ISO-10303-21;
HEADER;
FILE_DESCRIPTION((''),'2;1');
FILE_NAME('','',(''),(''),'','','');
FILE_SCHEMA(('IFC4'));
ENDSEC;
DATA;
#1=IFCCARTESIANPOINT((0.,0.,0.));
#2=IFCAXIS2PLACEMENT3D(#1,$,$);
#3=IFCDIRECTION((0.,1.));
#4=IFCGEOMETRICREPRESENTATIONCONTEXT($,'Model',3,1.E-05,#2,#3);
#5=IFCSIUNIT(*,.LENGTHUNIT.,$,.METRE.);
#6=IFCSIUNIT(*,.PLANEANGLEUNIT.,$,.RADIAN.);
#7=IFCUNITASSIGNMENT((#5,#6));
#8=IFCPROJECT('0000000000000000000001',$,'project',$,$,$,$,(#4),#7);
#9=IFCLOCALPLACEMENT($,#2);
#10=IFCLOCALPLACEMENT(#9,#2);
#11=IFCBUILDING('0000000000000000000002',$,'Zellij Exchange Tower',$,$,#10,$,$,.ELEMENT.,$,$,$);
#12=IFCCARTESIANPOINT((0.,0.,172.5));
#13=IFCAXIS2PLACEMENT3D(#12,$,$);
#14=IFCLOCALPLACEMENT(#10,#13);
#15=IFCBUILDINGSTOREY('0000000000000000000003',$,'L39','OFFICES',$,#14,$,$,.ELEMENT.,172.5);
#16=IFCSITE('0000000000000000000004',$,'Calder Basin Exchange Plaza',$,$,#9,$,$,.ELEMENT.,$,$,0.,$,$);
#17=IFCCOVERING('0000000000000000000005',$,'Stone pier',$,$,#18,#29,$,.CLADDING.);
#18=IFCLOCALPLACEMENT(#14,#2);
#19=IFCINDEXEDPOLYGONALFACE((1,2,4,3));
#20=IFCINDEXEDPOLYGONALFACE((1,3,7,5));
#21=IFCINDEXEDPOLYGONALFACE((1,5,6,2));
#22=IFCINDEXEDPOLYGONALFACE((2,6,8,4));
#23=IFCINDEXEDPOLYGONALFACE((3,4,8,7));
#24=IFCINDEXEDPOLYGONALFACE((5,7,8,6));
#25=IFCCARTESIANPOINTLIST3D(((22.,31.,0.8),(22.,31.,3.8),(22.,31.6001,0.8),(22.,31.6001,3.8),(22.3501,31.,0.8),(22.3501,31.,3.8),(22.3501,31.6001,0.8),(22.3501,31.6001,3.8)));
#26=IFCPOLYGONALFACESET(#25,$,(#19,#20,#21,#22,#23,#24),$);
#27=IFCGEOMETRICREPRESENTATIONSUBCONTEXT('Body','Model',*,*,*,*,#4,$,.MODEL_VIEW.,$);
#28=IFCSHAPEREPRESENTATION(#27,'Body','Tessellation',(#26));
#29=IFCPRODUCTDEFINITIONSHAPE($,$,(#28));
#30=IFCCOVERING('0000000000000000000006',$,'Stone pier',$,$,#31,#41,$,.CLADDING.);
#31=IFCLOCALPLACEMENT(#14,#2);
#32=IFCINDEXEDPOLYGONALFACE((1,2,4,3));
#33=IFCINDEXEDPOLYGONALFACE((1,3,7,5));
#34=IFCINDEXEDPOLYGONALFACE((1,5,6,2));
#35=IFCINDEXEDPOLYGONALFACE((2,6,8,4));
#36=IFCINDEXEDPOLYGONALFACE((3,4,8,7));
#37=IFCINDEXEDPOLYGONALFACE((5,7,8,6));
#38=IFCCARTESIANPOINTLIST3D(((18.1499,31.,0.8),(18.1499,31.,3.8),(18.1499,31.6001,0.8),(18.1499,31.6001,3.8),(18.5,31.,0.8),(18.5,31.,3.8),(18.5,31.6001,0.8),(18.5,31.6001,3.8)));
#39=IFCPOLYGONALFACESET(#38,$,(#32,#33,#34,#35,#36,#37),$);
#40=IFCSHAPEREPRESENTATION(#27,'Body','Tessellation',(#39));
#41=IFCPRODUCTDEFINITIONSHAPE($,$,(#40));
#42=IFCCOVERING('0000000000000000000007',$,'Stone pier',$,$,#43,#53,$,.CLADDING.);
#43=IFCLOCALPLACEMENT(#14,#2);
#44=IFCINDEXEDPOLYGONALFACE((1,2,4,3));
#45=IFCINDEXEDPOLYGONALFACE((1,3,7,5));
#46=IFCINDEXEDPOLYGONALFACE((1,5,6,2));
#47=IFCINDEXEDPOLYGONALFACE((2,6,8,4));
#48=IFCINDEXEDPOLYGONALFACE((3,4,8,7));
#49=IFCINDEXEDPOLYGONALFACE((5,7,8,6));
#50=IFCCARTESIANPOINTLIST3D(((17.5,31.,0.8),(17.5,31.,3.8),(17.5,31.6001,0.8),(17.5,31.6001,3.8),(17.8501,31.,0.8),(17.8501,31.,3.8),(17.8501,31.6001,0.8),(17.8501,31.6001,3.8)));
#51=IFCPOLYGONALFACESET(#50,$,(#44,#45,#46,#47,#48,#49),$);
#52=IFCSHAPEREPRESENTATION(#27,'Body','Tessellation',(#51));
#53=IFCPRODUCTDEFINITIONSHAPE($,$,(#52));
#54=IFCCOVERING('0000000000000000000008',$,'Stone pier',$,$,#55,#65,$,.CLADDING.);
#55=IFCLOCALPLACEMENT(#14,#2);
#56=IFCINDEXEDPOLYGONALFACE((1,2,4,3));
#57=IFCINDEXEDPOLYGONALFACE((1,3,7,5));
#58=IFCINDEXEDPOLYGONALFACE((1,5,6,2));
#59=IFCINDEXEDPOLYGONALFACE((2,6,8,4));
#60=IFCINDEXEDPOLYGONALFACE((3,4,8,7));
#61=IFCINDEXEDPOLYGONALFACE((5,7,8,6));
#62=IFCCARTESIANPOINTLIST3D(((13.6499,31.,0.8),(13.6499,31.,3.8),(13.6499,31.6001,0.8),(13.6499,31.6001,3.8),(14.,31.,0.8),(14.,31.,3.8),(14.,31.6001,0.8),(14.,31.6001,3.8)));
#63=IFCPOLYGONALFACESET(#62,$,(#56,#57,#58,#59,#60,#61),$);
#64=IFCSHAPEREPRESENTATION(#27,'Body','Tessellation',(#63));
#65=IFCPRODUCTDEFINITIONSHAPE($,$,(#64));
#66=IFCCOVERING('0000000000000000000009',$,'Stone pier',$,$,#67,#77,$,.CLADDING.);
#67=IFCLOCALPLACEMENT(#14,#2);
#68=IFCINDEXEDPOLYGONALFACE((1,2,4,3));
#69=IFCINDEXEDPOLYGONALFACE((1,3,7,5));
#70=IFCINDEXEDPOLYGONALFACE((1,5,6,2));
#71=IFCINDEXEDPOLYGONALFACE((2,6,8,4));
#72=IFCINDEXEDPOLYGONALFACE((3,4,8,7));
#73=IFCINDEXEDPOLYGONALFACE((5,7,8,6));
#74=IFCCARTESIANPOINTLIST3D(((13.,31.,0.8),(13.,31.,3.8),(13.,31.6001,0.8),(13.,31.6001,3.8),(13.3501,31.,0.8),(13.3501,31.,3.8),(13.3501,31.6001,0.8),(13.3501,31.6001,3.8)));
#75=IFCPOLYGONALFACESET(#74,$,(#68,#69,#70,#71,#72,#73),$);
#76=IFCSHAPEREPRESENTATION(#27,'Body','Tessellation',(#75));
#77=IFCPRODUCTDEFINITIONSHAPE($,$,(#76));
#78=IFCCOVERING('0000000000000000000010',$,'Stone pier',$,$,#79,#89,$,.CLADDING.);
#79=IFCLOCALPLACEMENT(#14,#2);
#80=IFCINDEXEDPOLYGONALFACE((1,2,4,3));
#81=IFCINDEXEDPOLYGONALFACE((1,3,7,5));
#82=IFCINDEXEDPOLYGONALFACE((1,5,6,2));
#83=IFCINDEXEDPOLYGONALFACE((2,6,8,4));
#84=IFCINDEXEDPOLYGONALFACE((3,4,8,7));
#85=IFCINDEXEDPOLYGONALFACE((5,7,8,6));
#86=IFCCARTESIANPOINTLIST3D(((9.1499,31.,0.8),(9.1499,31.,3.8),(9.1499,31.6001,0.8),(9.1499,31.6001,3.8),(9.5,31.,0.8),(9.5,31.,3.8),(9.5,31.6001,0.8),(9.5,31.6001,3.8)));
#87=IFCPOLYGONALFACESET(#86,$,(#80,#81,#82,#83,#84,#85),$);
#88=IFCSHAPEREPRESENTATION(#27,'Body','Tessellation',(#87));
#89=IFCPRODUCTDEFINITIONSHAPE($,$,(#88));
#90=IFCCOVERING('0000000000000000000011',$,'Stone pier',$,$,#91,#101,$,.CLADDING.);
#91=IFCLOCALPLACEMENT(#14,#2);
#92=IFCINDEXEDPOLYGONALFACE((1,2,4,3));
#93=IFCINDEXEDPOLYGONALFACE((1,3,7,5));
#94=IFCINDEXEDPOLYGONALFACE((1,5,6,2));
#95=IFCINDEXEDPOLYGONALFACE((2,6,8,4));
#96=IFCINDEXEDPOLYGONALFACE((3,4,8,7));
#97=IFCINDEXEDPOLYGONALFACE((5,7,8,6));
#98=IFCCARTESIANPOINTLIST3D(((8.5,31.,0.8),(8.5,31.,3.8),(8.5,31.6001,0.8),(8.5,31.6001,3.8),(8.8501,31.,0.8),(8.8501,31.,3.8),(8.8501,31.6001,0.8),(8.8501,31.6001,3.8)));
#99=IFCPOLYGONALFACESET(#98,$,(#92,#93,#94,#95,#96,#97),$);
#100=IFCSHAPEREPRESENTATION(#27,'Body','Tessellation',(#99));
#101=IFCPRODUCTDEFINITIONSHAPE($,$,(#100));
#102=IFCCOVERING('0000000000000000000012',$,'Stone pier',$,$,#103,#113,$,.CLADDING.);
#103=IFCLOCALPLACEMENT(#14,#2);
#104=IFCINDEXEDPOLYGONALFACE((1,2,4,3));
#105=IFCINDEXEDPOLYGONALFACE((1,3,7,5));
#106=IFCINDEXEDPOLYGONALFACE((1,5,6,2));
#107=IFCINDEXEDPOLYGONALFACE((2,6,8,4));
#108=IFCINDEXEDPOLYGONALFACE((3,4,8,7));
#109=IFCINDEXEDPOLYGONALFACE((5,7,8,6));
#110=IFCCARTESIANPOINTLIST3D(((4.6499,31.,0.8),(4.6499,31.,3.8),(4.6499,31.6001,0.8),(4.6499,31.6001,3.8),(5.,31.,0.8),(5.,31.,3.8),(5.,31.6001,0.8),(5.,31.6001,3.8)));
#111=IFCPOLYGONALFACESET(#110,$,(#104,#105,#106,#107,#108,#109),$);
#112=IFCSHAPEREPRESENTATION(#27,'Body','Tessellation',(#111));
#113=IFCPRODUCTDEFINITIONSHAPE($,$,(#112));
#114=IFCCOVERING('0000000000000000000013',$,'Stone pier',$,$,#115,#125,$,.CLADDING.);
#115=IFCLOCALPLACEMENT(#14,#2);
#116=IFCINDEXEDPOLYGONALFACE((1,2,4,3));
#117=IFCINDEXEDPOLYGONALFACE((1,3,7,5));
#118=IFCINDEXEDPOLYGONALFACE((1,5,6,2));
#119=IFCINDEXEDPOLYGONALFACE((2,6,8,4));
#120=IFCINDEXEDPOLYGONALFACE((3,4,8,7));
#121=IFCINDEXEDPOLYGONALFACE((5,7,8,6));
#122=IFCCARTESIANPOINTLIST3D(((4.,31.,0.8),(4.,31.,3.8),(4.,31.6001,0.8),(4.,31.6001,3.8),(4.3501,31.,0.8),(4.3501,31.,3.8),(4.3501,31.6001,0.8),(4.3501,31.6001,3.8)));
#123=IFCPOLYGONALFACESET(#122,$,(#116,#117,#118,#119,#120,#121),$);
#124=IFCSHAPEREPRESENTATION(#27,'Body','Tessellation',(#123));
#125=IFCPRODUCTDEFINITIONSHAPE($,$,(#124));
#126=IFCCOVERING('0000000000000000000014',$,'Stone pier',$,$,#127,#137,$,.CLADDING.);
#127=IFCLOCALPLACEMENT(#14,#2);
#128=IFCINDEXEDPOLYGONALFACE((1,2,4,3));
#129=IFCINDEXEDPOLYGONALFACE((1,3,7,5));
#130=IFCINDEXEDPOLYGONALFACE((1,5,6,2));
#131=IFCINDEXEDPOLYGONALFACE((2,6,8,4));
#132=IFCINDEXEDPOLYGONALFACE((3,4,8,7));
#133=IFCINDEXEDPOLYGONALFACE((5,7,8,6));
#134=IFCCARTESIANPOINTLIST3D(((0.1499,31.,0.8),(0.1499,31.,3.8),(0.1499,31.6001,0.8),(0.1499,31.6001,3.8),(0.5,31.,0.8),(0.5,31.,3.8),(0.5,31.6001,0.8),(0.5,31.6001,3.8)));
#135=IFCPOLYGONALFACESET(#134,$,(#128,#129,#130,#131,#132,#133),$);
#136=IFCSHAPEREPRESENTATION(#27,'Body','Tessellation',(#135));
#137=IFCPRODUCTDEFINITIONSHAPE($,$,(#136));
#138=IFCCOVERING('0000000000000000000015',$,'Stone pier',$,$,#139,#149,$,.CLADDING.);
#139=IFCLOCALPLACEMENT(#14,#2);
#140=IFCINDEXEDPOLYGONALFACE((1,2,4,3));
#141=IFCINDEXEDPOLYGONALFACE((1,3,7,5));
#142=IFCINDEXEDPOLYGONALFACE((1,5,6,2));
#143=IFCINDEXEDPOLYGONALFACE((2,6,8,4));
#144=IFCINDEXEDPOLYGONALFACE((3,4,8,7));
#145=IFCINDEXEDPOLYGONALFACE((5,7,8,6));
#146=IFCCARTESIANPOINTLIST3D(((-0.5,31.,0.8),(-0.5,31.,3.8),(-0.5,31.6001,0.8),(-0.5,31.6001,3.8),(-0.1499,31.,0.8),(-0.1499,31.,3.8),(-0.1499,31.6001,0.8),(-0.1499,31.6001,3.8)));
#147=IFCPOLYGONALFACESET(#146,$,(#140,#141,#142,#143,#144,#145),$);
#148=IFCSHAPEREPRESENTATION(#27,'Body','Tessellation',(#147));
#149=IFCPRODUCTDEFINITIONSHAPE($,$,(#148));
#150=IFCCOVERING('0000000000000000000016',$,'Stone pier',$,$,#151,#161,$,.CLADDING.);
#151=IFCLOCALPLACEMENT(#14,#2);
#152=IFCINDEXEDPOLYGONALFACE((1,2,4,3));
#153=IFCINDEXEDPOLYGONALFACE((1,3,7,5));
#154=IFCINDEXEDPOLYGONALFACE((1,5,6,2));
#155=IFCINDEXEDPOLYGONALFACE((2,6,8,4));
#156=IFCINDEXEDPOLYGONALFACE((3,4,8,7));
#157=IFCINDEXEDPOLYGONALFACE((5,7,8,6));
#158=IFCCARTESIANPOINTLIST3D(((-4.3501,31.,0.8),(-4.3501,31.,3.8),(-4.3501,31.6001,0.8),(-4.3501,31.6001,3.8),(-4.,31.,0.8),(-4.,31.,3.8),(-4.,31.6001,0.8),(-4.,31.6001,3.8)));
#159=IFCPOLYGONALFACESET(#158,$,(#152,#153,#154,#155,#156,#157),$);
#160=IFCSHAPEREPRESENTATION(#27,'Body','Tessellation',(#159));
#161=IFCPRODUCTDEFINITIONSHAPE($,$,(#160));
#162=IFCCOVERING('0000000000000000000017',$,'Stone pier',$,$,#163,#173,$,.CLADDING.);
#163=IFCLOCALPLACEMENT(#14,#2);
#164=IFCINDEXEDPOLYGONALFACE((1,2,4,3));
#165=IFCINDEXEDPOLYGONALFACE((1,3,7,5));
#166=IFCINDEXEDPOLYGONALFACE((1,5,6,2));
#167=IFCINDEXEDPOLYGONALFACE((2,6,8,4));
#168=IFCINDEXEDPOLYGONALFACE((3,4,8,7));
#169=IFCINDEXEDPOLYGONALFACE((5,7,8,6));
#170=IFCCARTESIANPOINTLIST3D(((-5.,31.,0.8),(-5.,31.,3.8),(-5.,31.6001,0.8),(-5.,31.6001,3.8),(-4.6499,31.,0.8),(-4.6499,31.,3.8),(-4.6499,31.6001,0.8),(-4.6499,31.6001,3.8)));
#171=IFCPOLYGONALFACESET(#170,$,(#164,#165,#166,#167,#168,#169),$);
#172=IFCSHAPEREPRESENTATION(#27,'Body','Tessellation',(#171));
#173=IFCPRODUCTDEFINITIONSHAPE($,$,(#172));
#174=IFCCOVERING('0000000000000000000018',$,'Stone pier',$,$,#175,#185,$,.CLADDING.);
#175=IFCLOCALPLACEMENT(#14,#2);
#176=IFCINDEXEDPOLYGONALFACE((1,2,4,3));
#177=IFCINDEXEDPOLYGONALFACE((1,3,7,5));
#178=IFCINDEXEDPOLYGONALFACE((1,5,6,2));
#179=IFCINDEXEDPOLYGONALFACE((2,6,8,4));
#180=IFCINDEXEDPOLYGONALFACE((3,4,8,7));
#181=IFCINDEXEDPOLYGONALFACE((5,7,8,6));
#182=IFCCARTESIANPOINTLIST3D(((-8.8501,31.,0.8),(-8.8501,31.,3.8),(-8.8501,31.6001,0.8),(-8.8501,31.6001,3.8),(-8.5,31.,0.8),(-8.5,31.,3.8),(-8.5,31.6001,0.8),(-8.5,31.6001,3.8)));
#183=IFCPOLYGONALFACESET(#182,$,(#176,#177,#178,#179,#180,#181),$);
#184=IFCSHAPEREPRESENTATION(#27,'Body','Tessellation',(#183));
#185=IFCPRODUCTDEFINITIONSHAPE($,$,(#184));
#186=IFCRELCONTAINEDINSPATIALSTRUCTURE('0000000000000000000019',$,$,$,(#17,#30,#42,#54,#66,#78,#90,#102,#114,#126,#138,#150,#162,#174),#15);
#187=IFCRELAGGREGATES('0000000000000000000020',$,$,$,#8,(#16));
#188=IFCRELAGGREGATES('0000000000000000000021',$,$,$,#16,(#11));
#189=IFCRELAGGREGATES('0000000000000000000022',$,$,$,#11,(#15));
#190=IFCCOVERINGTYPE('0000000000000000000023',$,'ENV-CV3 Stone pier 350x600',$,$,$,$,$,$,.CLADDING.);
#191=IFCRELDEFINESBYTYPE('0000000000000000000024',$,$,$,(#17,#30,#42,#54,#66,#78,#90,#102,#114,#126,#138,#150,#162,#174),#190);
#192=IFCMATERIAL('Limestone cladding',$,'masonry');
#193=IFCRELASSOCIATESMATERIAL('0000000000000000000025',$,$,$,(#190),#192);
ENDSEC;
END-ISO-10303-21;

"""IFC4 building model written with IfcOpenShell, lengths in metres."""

from ifc_helpers import new_model, si_unit, direction, frame, origin, place, context, subcontext, project, spatial, polyline, outline, extrude, material, type_object, element, save


model = new_model("IFC4")

# Units and contexts
model_context = context("Model", 3, precision=1e-05, world=origin(), true_north=direction((0.0, 1.0)))
body_context = subcontext(model_context, "Body", "Model", "MODEL_VIEW")
ifc_project = project(units=[si_unit("LENGTHUNIT", "METRE"), si_unit("PLANEANGLEUNIT", "RADIAN")], contexts=[model_context])

# Site, building, storey
site_placement = place(None, origin())
site = spatial("IfcSite", under=ifc_project, at=site_placement, Name="Calder Basin Exchange Plaza", CompositionType="ELEMENT", RefElevation=0.0)
building_placement = place(site_placement, origin())
building = spatial("IfcBuilding", under=site, at=building_placement, Name="Zellij Exchange Tower", CompositionType="ELEMENT")
storey_placement = place(building_placement, frame((0.0, 0.0, 172.5)))
storey = spatial("IfcBuildingStorey", under=building, at=storey_placement, Name="L39", Description="OFFICES", CompositionType="ELEMENT", Elevation=172.5)

# Coverings
ifc_material = material(Name="Limestone cladding", Category="masonry")
covering_type = type_object("IfcCoveringType", Name="ENV-CV3 Stone pier 350x600", PredefinedType="CLADDING", material=ifc_material)
covering_1_placement = place(storey_placement, frame((0.0, 0.0, 0.8)))
element("IfcCovering", 1, at=covering_1_placement, inside=storey, type_object=covering_type, Name="Stone pier", PredefinedType="CLADDING", context=body_context, shape_type="SweptSolid", body=[
    extrude(outline(polyline([(22.3501, 31.0), (22.0, 31.0), (22.0, 31.6001), (22.3501, 31.6001), (22.3501, 31.0)])), origin(), (0.0, 0.0, 1.0), 3.0),
])
covering_2_placement = place(storey_placement, frame((0.0, 0.0, 0.8)))
element("IfcCovering", 2, at=covering_2_placement, inside=storey, type_object=covering_type, Name="Stone pier", PredefinedType="CLADDING", context=body_context, shape_type="SweptSolid", body=[
    extrude(outline(polyline([(18.5, 31.0), (18.1499, 31.0), (18.1499, 31.6001), (18.5, 31.6001), (18.5, 31.0)])), origin(), (0.0, 0.0, 1.0), 3.0),
])
covering_3_placement = place(storey_placement, frame((0.0, 0.0, 0.8)))
element("IfcCovering", 3, at=covering_3_placement, inside=storey, type_object=covering_type, Name="Stone pier", PredefinedType="CLADDING", context=body_context, shape_type="SweptSolid", body=[
    extrude(outline(polyline([(17.8501, 31.0), (17.5, 31.0), (17.5, 31.6001), (17.8501, 31.6001), (17.8501, 31.0)])), origin(), (0.0, 0.0, 1.0), 3.0),
])
covering_4_placement = place(storey_placement, frame((0.0, 0.0, 0.8)))
element("IfcCovering", 4, at=covering_4_placement, inside=storey, type_object=covering_type, Name="Stone pier", PredefinedType="CLADDING", context=body_context, shape_type="SweptSolid", body=[
    extrude(outline(polyline([(14.0, 31.0), (13.6499, 31.0), (13.6499, 31.6001), (14.0, 31.6001), (14.0, 31.0)])), origin(), (0.0, 0.0, 1.0), 3.0),
])
covering_5_placement = place(storey_placement, frame((0.0, 0.0, 0.8)))
element("IfcCovering", 5, at=covering_5_placement, inside=storey, type_object=covering_type, Name="Stone pier", PredefinedType="CLADDING", context=body_context, shape_type="SweptSolid", body=[
    extrude(outline(polyline([(13.3501, 31.0), (13.0, 31.0), (13.0, 31.6001), (13.3501, 31.6001), (13.3501, 31.0)])), origin(), (0.0, 0.0, 1.0), 3.0),
])
covering_6_placement = place(storey_placement, frame((0.0, 0.0, 0.8)))
element("IfcCovering", 6, at=covering_6_placement, inside=storey, type_object=covering_type, Name="Stone pier", PredefinedType="CLADDING", context=body_context, shape_type="SweptSolid", body=[
    extrude(outline(polyline([(9.5, 31.0), (9.1499, 31.0), (9.1499, 31.6001), (9.5, 31.6001), (9.5, 31.0)])), origin(), (0.0, 0.0, 1.0), 3.0),
])
covering_7_placement = place(storey_placement, frame((0.0, 0.0, 0.8)))
element("IfcCovering", 7, at=covering_7_placement, inside=storey, type_object=covering_type, Name="Stone pier", PredefinedType="CLADDING", context=body_context, shape_type="SweptSolid", body=[
    extrude(outline(polyline([(8.8501, 31.0), (8.5, 31.0), (8.5, 31.6001), (8.8501, 31.6001), (8.8501, 31.0)])), origin(), (0.0, 0.0, 1.0), 3.0),
])
covering_8_placement = place(storey_placement, frame((0.0, 0.0, 0.8)))
element("IfcCovering", 8, at=covering_8_placement, inside=storey, type_object=covering_type, Name="Stone pier", PredefinedType="CLADDING", context=body_context, shape_type="SweptSolid", body=[
    extrude(outline(polyline([(5.0, 31.0), (4.6499, 31.0), (4.6499, 31.6001), (5.0, 31.6001), (5.0, 31.0)])), origin(), (0.0, 0.0, 1.0), 3.0),
])
covering_9_placement = place(storey_placement, frame((0.0, 0.0, 0.8)))
element("IfcCovering", 9, at=covering_9_placement, inside=storey, type_object=covering_type, Name="Stone pier", PredefinedType="CLADDING", context=body_context, shape_type="SweptSolid", body=[
    extrude(outline(polyline([(4.3501, 31.0), (4.0, 31.0), (4.0, 31.6001), (4.3501, 31.6001), (4.3501, 31.0)])), origin(), (0.0, 0.0, 1.0), 3.0),
])
covering_10_placement = place(storey_placement, frame((0.0, 0.0, 0.8)))
element("IfcCovering", 10, at=covering_10_placement, inside=storey, type_object=covering_type, Name="Stone pier", PredefinedType="CLADDING", context=body_context, shape_type="SweptSolid", body=[
    extrude(outline(polyline([(0.5, 31.0), (0.1499, 31.0), (0.1499, 31.6001), (0.5, 31.6001), (0.5, 31.0)])), origin(), (0.0, 0.0, 1.0), 3.0),
])
covering_11_placement = place(storey_placement, frame((0.0, 0.0, 0.8)))
element("IfcCovering", 11, at=covering_11_placement, inside=storey, type_object=covering_type, Name="Stone pier", PredefinedType="CLADDING", context=body_context, shape_type="SweptSolid", body=[
    extrude(outline(polyline([(-0.1499, 31.0), (-0.5, 31.0), (-0.5, 31.6001), (-0.1499, 31.6001), (-0.1499, 31.0)])), origin(), (0.0, 0.0, 1.0), 3.0),
])
covering_12_placement = place(storey_placement, frame((0.0, 0.0, 0.8)))
element("IfcCovering", 12, at=covering_12_placement, inside=storey, type_object=covering_type, Name="Stone pier", PredefinedType="CLADDING", context=body_context, shape_type="SweptSolid", body=[
    extrude(outline(polyline([(-4.0, 31.0), (-4.3501, 31.0), (-4.3501, 31.6001), (-4.0, 31.6001), (-4.0, 31.0)])), origin(), (0.0, 0.0, 1.0), 3.0),
])
covering_13_placement = place(storey_placement, frame((0.0, 0.0, 0.8)))
element("IfcCovering", 13, at=covering_13_placement, inside=storey, type_object=covering_type, Name="Stone pier", PredefinedType="CLADDING", context=body_context, shape_type="SweptSolid", body=[
    extrude(outline(polyline([(-4.6499, 31.0), (-5.0, 31.0), (-5.0, 31.6001), (-4.6499, 31.6001), (-4.6499, 31.0)])), origin(), (0.0, 0.0, 1.0), 3.0),
])
covering_14_placement = place(storey_placement, frame((0.0, 0.0, 0.8)))
element("IfcCovering", 14, at=covering_14_placement, inside=storey, type_object=covering_type, Name="Stone pier", PredefinedType="CLADDING", context=body_context, shape_type="SweptSolid", body=[
    extrude(outline(polyline([(-8.5, 31.0), (-8.8501, 31.0), (-8.8501, 31.6001), (-8.5, 31.6001), (-8.5, 31.0)])), origin(), (0.0, 0.0, 1.0), 3.0),
])

save(model, "model.ifc")
